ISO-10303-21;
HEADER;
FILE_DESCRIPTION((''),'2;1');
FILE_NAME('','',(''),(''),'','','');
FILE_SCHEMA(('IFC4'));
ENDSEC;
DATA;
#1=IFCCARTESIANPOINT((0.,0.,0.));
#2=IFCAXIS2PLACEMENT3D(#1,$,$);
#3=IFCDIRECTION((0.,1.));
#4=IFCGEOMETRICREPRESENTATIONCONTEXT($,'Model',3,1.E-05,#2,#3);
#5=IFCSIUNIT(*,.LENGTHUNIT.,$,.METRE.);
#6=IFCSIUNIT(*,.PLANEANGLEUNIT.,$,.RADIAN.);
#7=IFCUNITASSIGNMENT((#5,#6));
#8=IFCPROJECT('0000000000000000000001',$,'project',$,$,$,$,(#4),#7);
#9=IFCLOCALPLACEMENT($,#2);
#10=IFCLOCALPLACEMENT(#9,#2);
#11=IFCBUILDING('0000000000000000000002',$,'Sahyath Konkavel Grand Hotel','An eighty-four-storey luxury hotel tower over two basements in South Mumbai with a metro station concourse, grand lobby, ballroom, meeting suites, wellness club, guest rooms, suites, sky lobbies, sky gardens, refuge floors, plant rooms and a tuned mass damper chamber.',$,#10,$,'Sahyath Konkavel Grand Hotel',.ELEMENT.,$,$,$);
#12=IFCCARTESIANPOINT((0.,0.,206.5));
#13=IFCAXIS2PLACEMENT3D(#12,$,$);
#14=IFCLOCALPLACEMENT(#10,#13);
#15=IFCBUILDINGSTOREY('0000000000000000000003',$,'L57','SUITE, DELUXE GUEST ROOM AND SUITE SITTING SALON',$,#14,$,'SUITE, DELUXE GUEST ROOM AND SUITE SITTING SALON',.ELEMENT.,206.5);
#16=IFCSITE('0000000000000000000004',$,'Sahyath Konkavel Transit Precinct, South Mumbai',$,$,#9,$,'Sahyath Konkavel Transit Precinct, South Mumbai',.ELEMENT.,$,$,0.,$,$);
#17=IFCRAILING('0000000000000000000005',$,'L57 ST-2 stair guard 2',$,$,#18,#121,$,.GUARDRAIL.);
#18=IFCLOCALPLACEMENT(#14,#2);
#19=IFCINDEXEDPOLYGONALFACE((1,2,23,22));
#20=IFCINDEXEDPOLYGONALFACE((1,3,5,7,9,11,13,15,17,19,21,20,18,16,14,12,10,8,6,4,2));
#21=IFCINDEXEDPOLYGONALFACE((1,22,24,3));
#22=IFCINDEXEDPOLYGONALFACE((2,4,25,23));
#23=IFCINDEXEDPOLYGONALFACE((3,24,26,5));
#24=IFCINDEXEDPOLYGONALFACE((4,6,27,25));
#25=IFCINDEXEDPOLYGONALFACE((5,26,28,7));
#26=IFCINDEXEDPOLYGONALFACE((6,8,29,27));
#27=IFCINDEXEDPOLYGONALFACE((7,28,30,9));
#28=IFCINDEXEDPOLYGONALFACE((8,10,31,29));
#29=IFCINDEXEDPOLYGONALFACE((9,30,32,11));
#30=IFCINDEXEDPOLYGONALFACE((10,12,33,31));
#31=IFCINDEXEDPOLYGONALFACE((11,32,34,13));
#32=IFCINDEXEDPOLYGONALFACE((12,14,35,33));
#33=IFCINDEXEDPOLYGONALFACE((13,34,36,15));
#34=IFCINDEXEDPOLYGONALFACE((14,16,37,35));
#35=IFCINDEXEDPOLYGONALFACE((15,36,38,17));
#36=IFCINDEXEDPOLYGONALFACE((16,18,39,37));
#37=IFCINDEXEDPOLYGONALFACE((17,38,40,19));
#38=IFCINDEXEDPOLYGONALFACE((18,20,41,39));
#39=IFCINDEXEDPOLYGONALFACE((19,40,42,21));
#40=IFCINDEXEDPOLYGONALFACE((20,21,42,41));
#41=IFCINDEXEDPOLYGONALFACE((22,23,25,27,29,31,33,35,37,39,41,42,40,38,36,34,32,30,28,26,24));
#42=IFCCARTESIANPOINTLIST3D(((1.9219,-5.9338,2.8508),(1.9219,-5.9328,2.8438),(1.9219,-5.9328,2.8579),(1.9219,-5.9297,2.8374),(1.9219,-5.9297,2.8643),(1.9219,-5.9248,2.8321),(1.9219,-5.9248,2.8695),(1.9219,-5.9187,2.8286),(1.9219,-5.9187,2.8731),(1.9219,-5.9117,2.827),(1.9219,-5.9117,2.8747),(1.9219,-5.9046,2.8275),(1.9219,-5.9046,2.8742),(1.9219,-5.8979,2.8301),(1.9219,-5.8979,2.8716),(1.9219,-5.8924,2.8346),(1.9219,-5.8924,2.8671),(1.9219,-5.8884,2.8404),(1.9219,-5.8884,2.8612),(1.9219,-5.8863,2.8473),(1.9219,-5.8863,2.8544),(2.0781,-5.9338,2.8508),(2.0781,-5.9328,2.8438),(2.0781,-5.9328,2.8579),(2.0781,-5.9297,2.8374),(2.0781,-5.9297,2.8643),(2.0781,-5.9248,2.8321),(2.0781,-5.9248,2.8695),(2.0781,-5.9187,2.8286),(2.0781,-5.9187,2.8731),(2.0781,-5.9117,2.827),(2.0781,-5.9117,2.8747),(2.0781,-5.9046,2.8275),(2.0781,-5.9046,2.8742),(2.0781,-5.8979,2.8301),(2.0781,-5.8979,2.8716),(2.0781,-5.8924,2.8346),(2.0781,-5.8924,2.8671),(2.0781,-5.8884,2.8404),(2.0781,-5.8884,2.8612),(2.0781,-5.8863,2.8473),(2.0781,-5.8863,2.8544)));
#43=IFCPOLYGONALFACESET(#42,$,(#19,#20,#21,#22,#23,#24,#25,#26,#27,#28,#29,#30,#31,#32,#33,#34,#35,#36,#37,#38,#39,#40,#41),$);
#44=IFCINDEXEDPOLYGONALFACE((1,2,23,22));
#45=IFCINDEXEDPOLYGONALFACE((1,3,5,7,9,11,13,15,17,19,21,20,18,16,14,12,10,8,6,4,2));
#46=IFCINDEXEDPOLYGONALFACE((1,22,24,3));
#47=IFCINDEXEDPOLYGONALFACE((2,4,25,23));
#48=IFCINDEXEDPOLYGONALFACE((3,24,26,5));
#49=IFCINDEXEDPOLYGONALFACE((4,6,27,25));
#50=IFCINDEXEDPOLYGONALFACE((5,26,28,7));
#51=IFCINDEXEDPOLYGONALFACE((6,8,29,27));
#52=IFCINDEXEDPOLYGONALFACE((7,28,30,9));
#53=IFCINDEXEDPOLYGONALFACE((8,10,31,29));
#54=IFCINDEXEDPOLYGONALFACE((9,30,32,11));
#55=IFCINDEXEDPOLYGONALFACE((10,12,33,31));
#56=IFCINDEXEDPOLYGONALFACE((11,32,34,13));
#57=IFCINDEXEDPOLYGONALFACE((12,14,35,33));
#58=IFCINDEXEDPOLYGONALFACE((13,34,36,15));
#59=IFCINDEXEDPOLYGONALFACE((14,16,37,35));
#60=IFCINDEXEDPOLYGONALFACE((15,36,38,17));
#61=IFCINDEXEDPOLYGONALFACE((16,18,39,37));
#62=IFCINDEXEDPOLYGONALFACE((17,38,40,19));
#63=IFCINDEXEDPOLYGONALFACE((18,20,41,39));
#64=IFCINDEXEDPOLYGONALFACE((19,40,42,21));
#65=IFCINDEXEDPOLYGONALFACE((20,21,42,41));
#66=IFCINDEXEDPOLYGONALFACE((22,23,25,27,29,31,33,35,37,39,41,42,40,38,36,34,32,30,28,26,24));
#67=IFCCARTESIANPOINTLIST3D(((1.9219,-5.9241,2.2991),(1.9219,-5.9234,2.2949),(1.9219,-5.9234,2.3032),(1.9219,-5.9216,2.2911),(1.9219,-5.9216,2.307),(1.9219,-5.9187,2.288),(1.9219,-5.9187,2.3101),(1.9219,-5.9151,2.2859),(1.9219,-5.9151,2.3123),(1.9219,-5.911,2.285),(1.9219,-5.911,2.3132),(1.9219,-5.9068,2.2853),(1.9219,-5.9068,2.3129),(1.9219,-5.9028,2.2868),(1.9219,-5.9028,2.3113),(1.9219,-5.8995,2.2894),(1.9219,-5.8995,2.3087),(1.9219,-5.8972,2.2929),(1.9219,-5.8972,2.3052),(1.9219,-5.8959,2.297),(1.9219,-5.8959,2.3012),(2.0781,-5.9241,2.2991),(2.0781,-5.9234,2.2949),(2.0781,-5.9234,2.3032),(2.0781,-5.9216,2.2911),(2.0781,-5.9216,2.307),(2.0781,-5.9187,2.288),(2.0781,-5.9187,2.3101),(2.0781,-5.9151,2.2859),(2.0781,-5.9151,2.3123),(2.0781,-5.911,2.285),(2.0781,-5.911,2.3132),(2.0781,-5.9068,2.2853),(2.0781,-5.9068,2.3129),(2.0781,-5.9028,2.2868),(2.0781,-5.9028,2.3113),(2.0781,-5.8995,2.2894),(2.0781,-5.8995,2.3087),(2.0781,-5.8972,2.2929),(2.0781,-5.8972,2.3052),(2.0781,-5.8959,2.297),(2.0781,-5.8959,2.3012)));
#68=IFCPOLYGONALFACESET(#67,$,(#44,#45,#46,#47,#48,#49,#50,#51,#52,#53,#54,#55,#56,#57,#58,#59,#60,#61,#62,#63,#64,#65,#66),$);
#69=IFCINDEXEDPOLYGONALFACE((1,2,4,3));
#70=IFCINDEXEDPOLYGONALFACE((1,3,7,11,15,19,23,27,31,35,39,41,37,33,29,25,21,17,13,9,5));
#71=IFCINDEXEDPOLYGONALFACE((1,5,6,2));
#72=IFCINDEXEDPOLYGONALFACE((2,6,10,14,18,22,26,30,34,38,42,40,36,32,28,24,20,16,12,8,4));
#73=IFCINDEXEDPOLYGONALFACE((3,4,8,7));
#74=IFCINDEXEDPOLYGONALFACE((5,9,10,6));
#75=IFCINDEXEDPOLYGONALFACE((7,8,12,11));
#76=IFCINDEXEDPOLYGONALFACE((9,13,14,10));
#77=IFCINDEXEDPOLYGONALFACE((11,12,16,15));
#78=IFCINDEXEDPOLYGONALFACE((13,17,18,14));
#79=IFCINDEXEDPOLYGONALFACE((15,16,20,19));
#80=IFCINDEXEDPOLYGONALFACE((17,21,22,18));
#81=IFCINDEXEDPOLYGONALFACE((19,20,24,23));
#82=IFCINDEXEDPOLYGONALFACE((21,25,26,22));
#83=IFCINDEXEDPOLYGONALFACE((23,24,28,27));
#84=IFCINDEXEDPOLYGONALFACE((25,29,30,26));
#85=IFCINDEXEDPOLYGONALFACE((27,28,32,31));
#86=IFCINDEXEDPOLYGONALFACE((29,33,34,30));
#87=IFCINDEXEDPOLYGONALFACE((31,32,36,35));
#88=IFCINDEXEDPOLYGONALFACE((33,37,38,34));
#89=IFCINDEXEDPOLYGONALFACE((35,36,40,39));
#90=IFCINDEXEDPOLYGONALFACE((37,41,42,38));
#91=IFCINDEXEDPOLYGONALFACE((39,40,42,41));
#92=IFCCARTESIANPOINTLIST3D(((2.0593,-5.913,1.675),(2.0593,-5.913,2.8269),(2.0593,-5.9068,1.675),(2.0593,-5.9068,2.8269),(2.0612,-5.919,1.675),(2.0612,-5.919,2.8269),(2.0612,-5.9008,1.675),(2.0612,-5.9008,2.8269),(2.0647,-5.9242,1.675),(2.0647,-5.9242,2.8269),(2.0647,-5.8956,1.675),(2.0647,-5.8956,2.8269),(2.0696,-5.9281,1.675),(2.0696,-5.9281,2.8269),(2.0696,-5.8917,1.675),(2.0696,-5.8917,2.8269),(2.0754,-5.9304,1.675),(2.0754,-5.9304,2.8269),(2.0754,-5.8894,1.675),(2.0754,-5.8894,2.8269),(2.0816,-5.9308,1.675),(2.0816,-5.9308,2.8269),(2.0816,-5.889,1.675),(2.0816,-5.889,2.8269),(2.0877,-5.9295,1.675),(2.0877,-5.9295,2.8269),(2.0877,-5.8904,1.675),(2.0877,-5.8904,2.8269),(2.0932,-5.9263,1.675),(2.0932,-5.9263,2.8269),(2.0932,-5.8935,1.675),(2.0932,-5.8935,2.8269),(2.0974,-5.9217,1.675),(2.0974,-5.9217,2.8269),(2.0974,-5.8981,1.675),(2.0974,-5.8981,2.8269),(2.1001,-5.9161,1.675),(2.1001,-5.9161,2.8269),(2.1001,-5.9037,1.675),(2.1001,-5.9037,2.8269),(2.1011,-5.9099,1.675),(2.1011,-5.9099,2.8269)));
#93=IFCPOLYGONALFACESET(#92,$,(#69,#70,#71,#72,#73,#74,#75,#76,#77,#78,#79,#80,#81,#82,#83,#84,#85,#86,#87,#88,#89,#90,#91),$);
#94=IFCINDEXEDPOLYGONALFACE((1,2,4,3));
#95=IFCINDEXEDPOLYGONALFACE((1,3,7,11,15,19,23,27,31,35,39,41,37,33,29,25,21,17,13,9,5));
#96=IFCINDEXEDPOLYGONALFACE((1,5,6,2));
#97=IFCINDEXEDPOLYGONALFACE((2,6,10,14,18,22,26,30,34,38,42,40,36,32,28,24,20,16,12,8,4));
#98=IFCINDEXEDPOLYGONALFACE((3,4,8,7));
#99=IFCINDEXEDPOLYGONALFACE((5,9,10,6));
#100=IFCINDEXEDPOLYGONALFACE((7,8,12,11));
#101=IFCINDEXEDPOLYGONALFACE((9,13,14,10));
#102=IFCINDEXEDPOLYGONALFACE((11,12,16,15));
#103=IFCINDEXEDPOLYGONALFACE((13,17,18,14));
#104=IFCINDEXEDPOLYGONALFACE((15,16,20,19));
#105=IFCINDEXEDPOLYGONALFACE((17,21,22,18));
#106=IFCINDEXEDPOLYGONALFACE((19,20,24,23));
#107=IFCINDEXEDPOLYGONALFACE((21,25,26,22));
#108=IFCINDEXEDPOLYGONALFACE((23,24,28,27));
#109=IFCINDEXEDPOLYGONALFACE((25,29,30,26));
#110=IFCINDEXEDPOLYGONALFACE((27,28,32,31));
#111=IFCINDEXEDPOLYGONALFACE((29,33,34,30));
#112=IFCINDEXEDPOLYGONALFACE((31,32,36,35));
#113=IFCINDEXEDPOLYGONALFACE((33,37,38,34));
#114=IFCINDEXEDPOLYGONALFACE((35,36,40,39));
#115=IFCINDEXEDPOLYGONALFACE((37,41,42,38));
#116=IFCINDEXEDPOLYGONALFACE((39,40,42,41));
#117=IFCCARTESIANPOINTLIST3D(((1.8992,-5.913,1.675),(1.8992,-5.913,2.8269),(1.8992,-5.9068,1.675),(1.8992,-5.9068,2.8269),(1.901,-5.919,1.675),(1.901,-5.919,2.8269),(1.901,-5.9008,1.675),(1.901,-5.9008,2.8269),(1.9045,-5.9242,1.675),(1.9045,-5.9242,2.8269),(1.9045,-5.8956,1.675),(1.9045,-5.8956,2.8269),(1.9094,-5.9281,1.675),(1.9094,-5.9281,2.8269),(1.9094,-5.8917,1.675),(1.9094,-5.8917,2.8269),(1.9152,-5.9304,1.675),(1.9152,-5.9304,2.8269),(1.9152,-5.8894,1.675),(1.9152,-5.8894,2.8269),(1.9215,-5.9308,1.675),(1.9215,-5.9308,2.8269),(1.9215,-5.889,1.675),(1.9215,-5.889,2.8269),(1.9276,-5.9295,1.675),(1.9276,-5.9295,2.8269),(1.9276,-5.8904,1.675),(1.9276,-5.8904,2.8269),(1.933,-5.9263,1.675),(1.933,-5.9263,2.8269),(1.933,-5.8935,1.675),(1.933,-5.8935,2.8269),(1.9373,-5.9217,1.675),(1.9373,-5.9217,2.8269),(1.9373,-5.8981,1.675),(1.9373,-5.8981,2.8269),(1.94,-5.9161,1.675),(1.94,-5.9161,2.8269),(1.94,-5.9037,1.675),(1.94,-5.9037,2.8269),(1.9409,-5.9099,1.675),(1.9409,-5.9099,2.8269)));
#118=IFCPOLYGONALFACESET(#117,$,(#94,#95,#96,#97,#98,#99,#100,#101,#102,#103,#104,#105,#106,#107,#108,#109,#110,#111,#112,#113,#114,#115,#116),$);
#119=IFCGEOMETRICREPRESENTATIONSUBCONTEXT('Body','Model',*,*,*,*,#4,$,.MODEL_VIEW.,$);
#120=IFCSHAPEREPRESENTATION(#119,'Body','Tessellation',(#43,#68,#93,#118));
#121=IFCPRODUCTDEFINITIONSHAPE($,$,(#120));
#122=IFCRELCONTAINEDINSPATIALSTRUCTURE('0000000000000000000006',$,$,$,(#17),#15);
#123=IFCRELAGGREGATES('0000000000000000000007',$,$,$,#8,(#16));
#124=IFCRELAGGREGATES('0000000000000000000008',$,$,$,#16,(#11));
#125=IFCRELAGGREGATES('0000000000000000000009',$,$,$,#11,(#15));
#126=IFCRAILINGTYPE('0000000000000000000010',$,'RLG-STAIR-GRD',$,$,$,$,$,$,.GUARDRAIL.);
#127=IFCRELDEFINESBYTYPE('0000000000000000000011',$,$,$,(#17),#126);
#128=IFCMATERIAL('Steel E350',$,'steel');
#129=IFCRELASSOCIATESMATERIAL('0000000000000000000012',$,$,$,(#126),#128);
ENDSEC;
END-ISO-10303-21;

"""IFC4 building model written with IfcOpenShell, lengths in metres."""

from ifc_helpers import new_model, si_unit, direction, frame, origin, origin_2d, place, context, subcontext, project, spatial, circle, extrude, material, type_object, element, save


model = new_model("IFC4")

# Units and contexts
model_context = context("Model", 3, precision=1e-05, world=origin(), true_north=direction((0.0, 1.0)))
body_context = subcontext(model_context, "Body", "Model", "MODEL_VIEW")
ifc_project = project(units=[si_unit("LENGTHUNIT", "METRE"), si_unit("PLANEANGLEUNIT", "RADIAN")], contexts=[model_context])

# Site, building, storey
site_placement = place(None, origin())
site = spatial("IfcSite", under=ifc_project, at=site_placement, Name="Sahyath Konkavel Transit Precinct, South Mumbai", LongName="Sahyath Konkavel Transit Precinct, South Mumbai", CompositionType="ELEMENT", RefElevation=0.0)
building_placement = place(site_placement, origin())
building = spatial("IfcBuilding", under=site, at=building_placement, Name="Sahyath Konkavel Grand Hotel", Description="An eighty-four-storey luxury hotel tower over two basements in South Mumbai with a metro station concourse, grand lobby, ballroom, meeting suites, wellness club, guest rooms, suites, sky lobbies, sky gardens, refuge floors, plant rooms and a tuned mass damper chamber.", LongName="Sahyath Konkavel Grand Hotel", CompositionType="ELEMENT")
storey_placement = place(building_placement, frame((0.0, 0.0, 206.5)))
storey = spatial("IfcBuildingStorey", under=building, at=storey_placement, Name="L57", Description="SUITE, DELUXE GUEST ROOM AND SUITE SITTING SALON", LongName="SUITE, DELUXE GUEST ROOM AND SUITE SITTING SALON", CompositionType="ELEMENT", Elevation=206.5)

# Shared definitions
ifc_material_1 = material(Name="Steel E350", Category="steel")

# Railing
railing_type_1 = type_object("IfcRailingType", Name="RLG-STAIR-GRD", PredefinedType="GUARDRAIL", material=ifc_material_1)
railing_1_placement = place(storey_placement, frame((2.0801, -5.9099, 1.675)))
element("IfcRailing", 1, at=railing_1_placement, inside=storey, type_object=railing_type_1, Name="L57 ST-2 stair guard 2", PredefinedType="GUARDRAIL", context=body_context, shape_type="SweptSolid", body=[
    extrude(circle(Radius=0.0239, at=origin_2d()), frame((-0.002, 0.0, 1.1758), z_axis=(-1.0, 0.0, 0.0), x_axis=(0.0, -1.0, 0.0)), (0.0, 0.0, 1.0), 0.1562),
    extrude(circle(Radius=0.0142, at=origin_2d()), frame((-0.002, 0.0, 0.624), z_axis=(-1.0, 0.0, 0.0), x_axis=(0.0, -1.0, 0.0)), (0.0, 0.0, 1.0), 0.1562),
    extrude(circle(Radius=0.021, at=origin_2d()), origin(), (0.0, 0.0, 1.0), 1.1519),
    extrude(circle(Radius=0.021, at=origin_2d()), frame((-0.1602, 0.0, 0.0)), (0.0, 0.0, 1.0), 1.1519),
])

save(model, "model.ifc")
